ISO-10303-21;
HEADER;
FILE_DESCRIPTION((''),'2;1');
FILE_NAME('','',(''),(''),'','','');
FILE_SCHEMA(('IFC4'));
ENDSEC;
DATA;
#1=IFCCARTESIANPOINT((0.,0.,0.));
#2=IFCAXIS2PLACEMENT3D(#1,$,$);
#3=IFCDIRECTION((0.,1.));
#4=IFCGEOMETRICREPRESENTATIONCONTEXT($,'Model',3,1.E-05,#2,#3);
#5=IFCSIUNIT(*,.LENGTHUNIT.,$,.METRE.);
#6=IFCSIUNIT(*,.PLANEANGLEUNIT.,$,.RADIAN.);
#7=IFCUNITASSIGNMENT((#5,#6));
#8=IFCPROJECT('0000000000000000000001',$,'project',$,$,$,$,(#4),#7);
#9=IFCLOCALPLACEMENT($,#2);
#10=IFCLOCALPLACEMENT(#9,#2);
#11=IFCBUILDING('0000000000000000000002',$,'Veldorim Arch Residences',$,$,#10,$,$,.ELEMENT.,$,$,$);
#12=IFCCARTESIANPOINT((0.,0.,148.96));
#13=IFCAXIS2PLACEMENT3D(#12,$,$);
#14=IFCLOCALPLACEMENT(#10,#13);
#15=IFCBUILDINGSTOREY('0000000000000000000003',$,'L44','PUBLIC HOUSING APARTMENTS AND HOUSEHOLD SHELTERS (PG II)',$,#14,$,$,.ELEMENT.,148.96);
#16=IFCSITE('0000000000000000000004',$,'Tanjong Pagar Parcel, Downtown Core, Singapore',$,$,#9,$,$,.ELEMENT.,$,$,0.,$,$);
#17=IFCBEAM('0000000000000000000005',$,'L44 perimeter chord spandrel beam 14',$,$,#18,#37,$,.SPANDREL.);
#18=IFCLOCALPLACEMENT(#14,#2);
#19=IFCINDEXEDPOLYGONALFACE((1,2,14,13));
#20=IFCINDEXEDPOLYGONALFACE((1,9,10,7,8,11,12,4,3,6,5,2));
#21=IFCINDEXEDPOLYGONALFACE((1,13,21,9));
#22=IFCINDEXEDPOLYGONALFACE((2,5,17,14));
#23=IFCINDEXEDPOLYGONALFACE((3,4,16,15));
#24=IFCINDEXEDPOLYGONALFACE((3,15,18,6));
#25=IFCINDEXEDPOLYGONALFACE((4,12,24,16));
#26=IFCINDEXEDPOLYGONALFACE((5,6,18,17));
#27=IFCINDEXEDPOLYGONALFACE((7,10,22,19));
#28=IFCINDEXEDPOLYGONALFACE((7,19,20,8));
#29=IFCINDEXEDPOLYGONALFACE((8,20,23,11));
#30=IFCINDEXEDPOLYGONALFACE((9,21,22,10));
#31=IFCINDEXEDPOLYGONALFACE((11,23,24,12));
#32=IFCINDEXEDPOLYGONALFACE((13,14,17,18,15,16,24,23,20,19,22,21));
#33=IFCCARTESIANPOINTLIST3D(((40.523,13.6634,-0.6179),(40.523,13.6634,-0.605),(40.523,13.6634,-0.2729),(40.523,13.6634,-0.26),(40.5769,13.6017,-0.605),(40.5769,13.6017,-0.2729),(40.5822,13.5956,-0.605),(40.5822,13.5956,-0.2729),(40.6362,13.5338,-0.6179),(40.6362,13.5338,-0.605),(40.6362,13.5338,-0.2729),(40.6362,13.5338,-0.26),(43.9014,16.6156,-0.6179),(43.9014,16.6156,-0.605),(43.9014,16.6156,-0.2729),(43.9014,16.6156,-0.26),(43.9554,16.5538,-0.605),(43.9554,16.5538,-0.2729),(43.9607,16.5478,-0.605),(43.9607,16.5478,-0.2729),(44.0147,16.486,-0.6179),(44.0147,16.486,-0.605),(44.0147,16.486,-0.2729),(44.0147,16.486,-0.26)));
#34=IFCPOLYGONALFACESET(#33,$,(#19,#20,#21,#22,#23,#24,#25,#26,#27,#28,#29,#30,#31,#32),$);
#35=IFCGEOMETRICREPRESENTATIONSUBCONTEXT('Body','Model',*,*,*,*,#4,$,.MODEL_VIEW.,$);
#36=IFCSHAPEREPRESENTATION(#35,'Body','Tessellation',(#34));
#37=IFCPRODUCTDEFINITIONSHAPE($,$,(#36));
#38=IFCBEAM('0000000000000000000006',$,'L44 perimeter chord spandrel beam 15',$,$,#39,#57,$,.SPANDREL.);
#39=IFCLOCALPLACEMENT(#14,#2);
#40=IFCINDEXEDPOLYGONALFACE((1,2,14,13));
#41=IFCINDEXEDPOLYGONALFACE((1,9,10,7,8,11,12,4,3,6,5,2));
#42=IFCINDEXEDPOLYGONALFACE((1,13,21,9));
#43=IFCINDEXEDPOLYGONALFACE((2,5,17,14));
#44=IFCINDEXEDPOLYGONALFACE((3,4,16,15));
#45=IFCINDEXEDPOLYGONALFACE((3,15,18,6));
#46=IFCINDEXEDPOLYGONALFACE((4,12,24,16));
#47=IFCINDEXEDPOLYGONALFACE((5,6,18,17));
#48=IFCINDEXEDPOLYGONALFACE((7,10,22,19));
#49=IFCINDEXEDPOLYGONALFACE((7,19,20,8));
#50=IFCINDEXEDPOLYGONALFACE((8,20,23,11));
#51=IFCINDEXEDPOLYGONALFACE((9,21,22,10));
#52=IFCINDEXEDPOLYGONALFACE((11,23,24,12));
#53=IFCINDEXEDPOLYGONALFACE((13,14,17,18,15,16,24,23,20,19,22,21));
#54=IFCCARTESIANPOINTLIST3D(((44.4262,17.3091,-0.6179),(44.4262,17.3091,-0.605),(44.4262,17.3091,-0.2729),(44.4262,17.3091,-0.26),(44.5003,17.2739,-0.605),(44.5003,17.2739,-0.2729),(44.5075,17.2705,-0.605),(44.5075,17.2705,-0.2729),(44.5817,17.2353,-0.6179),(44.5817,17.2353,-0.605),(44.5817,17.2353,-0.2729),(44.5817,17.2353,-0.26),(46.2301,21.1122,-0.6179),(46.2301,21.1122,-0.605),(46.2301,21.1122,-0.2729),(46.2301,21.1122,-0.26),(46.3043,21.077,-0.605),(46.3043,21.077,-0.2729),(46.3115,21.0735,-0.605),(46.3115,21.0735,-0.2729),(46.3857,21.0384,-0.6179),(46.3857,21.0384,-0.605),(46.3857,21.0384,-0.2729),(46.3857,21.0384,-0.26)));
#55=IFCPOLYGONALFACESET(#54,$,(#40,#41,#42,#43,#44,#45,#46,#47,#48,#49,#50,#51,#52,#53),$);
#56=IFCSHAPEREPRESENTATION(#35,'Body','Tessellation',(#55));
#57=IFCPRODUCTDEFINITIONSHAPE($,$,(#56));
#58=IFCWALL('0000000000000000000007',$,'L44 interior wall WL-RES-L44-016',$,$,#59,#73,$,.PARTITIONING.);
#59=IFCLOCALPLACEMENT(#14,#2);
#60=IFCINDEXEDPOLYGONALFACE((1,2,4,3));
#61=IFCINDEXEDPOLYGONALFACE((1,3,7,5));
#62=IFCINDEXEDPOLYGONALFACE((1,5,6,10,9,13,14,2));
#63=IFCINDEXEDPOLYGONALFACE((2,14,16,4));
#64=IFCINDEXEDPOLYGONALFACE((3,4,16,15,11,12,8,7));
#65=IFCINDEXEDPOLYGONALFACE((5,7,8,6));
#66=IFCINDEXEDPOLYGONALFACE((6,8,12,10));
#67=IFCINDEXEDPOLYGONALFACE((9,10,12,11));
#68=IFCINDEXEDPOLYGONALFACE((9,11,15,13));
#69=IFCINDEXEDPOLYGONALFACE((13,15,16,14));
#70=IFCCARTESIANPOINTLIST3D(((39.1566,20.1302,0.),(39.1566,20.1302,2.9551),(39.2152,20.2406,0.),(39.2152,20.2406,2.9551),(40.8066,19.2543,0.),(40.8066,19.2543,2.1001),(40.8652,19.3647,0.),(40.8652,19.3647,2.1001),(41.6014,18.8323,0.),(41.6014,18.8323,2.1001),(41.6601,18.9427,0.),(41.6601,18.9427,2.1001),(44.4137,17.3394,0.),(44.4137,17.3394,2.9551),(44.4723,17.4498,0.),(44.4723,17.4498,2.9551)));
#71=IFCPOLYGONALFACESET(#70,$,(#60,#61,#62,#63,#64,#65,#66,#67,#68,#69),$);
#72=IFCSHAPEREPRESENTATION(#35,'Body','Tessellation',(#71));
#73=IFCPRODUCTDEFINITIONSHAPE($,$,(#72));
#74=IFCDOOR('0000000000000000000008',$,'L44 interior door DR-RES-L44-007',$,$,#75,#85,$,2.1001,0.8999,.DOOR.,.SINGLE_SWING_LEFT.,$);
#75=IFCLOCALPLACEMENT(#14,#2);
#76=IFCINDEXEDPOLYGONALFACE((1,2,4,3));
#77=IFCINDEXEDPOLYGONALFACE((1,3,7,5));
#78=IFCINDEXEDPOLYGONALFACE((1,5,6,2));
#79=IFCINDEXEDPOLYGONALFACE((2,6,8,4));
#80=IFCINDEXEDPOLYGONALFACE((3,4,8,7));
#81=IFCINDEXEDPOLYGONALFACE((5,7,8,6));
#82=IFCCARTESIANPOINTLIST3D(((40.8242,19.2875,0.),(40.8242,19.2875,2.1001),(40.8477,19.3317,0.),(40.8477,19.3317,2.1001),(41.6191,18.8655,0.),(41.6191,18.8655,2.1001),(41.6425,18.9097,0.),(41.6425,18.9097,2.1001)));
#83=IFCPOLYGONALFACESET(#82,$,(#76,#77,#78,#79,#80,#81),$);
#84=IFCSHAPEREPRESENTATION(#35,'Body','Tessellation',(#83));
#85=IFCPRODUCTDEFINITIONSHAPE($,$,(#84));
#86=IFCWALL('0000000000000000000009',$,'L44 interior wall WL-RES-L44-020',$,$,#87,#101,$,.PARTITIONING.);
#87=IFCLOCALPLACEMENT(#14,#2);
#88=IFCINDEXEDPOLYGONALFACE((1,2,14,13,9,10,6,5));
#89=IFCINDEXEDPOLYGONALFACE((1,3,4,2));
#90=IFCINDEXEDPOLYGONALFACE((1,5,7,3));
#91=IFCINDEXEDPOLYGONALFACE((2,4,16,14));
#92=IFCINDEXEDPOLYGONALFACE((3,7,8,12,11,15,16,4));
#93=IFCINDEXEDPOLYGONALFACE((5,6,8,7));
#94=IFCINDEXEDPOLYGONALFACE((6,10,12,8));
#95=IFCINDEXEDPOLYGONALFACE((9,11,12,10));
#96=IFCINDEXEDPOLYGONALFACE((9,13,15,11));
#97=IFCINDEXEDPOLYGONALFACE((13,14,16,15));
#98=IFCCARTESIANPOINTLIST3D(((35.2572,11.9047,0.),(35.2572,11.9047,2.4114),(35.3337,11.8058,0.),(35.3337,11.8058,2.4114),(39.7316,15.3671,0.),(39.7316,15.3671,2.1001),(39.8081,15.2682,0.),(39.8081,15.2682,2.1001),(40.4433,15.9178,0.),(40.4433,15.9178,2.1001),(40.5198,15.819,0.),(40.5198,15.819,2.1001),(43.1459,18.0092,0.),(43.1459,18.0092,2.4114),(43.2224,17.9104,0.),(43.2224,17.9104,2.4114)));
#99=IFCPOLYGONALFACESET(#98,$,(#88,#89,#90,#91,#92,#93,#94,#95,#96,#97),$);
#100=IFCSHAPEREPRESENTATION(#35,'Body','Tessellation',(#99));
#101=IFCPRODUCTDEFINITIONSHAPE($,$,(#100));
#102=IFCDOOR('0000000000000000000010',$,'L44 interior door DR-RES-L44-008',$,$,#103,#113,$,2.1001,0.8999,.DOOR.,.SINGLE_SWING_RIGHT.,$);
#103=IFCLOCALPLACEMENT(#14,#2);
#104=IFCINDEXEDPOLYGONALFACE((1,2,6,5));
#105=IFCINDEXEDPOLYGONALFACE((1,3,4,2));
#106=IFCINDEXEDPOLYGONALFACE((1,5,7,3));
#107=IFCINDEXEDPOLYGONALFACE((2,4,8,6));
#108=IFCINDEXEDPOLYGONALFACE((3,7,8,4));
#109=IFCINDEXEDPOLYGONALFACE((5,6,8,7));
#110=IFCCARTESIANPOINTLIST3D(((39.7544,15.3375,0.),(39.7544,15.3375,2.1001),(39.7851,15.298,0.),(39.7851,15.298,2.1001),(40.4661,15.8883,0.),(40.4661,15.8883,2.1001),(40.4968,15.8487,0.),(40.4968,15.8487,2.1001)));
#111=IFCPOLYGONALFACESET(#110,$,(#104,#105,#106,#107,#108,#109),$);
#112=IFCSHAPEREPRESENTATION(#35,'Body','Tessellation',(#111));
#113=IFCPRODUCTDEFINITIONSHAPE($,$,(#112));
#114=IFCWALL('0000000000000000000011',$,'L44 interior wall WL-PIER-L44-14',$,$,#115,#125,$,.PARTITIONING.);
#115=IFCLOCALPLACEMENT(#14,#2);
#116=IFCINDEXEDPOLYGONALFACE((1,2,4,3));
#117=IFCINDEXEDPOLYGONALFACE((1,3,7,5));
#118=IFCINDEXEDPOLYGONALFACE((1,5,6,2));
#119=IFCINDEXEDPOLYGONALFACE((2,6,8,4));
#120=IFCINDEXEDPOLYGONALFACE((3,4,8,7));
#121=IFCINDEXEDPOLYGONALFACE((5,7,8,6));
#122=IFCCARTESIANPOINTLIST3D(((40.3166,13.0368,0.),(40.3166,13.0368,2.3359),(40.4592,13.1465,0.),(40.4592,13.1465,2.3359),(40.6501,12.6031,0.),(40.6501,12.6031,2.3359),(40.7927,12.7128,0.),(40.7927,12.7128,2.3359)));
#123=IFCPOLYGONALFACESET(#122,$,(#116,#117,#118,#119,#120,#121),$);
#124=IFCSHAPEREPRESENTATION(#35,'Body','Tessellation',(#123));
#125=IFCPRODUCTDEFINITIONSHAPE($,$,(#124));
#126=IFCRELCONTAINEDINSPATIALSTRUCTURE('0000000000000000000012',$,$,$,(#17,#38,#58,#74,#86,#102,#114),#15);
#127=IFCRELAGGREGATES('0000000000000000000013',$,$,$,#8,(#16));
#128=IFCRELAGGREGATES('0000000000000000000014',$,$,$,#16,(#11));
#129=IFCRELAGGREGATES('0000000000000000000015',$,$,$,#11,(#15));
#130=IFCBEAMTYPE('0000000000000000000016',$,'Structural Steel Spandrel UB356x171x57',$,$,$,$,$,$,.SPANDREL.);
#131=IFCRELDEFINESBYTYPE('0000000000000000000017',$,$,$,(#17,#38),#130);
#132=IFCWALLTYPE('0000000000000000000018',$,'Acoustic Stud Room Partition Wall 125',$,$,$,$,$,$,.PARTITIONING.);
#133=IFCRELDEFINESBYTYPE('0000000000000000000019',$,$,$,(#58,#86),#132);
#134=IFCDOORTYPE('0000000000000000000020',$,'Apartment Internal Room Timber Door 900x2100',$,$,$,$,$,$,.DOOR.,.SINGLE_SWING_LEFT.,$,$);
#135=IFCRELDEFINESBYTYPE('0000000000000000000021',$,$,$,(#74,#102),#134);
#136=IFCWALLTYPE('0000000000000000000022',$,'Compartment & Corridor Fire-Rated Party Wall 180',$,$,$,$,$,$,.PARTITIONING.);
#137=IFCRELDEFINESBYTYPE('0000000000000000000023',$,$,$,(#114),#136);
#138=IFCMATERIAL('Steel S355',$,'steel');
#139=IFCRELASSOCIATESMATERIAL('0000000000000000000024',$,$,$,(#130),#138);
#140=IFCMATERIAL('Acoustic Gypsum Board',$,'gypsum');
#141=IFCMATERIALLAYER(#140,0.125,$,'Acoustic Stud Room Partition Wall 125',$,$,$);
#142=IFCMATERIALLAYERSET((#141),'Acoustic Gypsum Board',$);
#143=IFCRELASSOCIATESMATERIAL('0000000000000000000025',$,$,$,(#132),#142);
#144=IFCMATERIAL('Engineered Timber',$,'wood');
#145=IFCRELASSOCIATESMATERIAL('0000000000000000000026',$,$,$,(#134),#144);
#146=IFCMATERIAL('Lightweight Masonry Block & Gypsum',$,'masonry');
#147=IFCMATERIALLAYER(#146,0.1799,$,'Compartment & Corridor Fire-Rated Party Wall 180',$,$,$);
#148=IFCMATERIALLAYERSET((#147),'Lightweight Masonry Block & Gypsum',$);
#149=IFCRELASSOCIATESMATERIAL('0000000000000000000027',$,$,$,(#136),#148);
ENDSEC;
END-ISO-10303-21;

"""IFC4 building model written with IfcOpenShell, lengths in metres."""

from ifc_helpers import new_model, si_unit, direction, frame, frame_2d, origin, origin_2d, place, context, subcontext, project, spatial, rectangle, i_section, extrude, material, layer, layer_set, material_profile, profile_set, type_object, element, fill, save


model = new_model("IFC4")

# Units and contexts
model_context = context("Model", 3, precision=1e-05, world=origin(), true_north=direction((0.0, 1.0)))
body_context = subcontext(model_context, "Body", "Model", "MODEL_VIEW")
ifc_project = project(units=[si_unit("LENGTHUNIT", "METRE"), si_unit("PLANEANGLEUNIT", "RADIAN")], contexts=[model_context])

# Site, building, storey
site_placement = place(None, origin())
site = spatial("IfcSite", under=ifc_project, at=site_placement, Name="Tanjong Pagar Parcel, Downtown Core, Singapore", CompositionType="ELEMENT", RefElevation=0.0)
building_placement = place(site_placement, origin())
building = spatial("IfcBuilding", under=site, at=building_placement, Name="Veldorim Arch Residences", CompositionType="ELEMENT")
storey_placement = place(building_placement, frame((0.0, 0.0, 148.96)))
storey = spatial("IfcBuildingStorey", under=building, at=storey_placement, Name="L44", Description="PUBLIC HOUSING APARTMENTS AND HOUSEHOLD SHELTERS (PG II)", CompositionType="ELEMENT", Elevation=148.96)

# Beams
ifc_material_1 = material(Name="Steel S355", Category="steel")
ifc_material_profile_1 = material_profile(ifc_material_1, i_section(OverallWidth=0.1721, OverallDepth=0.3579, WebThickness=0.0081, FlangeThickness=0.0129, at=origin_2d()), Name="UB356x171x57")
ifc_profile_set_1 = profile_set([ifc_material_profile_1], Name="Steel S355")
beam_type_1 = type_object("IfcBeamType", Name="Structural Steel Spandrel UB356x171x57", PredefinedType="SPANDREL", material=ifc_profile_set_1)
beam_1_placement = place(storey_placement, frame((40.5796, 13.5986, -0.439), z_axis=(0.753015, 0.658004, 0.0), x_axis=(-0.658004, 0.753015, 0.0)))
element("IfcBeam", 1, at=beam_1_placement, inside=storey, type_object=beam_type_1, Name="L44 perimeter chord spandrel beam 14", PredefinedType="SPANDREL", context=body_context, shape_type="SweptSolid", body=[
    extrude(i_section(OverallWidth=0.1721, OverallDepth=0.3579, WebThickness=0.0081, FlangeThickness=0.0129, at=origin_2d()), origin(), (0.0, 0.0, 1.0), 4.4866),
])
beam_2_placement = place(storey_placement, frame((44.5039, 17.2722, -0.439), z_axis=(0.42858, 0.903504, 0.0), x_axis=(-0.903504, 0.42858, 0.0)))
element("IfcBeam", 2, at=beam_2_placement, inside=storey, type_object=beam_type_1, Name="L44 perimeter chord spandrel beam 15", PredefinedType="SPANDREL", context=body_context, shape_type="SweptSolid", body=[
    extrude(i_section(OverallWidth=0.1721, OverallDepth=0.3579, WebThickness=0.0081, FlangeThickness=0.0129, at=origin_2d()), origin(), (0.0, 0.0, 1.0), 4.2092),
])

# Walls, openings, doors
ifc_material_2 = material(Name="Acoustic Gypsum Board", Category="gypsum")
ifc_layer_1 = layer(ifc_material_2, 0.125, Name="Acoustic Stud Room Partition Wall 125")
ifc_layer_set_1 = layer_set([ifc_layer_1], Name="Acoustic Gypsum Board")
wall_type_1 = type_object("IfcWallType", Name="Acoustic Stud Room Partition Wall 125", PredefinedType="PARTITIONING", material=ifc_layer_set_1)
wall_1_placement = place(storey_placement, frame((44.4431, 17.3945, 0.0), z_axis=(0.0, 0.0, 1.0), x_axis=(-0.883259, 0.468886, 0.0)))
wall_1 = element("IfcWall", 3, at=wall_1_placement, inside=storey, type_object=wall_type_1, Name="L44 interior wall WL-RES-L44-016", PredefinedType="PARTITIONING", context=body_context, shape_type="SweptSolid", body=[
    extrude(rectangle(XDim=5.9519, YDim=0.125, at=frame_2d((2.9761, 0.0))), origin(), (0.0, 0.0, 1.0), 2.9551),
])
opening_1_placement = place(wall_1_placement, frame((3.1841, 0.0, 0.0)))
opening_1 = element("IfcOpeningElement", 4, at=opening_1_placement, cuts=wall_1, PredefinedType="OPENING", context=body_context, shape_type="SweptSolid", body=[
    extrude(rectangle(XDim=0.8999, YDim=2.1001, at=frame_2d((0.45, 1.05))), frame((0.0, 0.0725, 0.0), z_axis=(0.0, -1.0, 0.0), x_axis=(1.0, 0.0, 0.0)), (0.0, 0.0, 1.0), 0.145),
])
ifc_material_3 = material(Name="Engineered Timber", Category="wood")
door_type_1 = type_object("IfcDoorType", Name="Apartment Internal Room Timber Door 900x2100", OperationType="SINGLE_SWING_LEFT", PredefinedType="DOOR", material=ifc_material_3)
door_1_placement = place(opening_1_placement, origin())
door_1 = element("IfcDoor", 5, at=door_1_placement, inside=storey, type_object=door_type_1, Name="L44 interior door DR-RES-L44-007", OperationType="SINGLE_SWING_LEFT", OverallHeight=2.1001, OverallWidth=0.8999, PredefinedType="DOOR", context=body_context, shape_type="SweptSolid", body=[
    extrude(rectangle(XDim=0.8999, YDim=2.1001, at=frame_2d((0.45, 1.05))), frame((0.0, 0.0249, 0.0), z_axis=(0.0, -1.0, 0.0), x_axis=(1.0, 0.0, 0.0)), (0.0, 0.0, 1.0), 0.05),
])
fill(opening_1, door_1)
wall_2_placement = place(storey_placement, frame((43.1841, 17.9597, 0.0), z_axis=(0.0, 0.0, 1.0), x_axis=(-0.790863, -0.611993, 0.0)))
wall_2 = element("IfcWall", 6, at=wall_2_placement, inside=storey, type_object=wall_type_1, Name="L44 interior wall WL-RES-L44-020", PredefinedType="PARTITIONING", context=body_context, shape_type="SweptSolid", body=[
    extrude(rectangle(XDim=9.9749, YDim=0.125, at=frame_2d((4.9873, 0.0))), origin(), (0.0, 0.0, 1.0), 2.4114),
])
opening_2_placement = place(wall_2_placement, frame((3.4172, 0.0, 0.0)))
opening_2 = element("IfcOpeningElement", 7, at=opening_2_placement, cuts=wall_2, PredefinedType="OPENING", context=body_context, shape_type="SweptSolid", body=[
    extrude(rectangle(XDim=0.8999, YDim=2.1001, at=frame_2d((0.45, 1.05))), frame((0.0, 0.0725, 0.0), z_axis=(0.0, -1.0, 0.0), x_axis=(1.0, 0.0, 0.0)), (0.0, 0.0, 1.0), 0.145),
])
door_2_placement = place(opening_2_placement, origin())
door_2 = element("IfcDoor", 8, at=door_2_placement, inside=storey, type_object=door_type_1, Name="L44 interior door DR-RES-L44-008", OperationType="SINGLE_SWING_RIGHT", OverallHeight=2.1001, OverallWidth=0.8999, PredefinedType="DOOR", context=body_context, shape_type="SweptSolid", body=[
    extrude(rectangle(XDim=0.8999, YDim=2.1001, at=frame_2d((0.45, 1.05))), frame((0.0, 0.0249, 0.0), z_axis=(0.0, -1.0, 0.0), x_axis=(1.0, 0.0, 0.0)), (0.0, 0.0, 1.0), 0.05),
])
fill(opening_2, door_2)

# Wall
ifc_material_4 = material(Name="Lightweight Masonry Block & Gypsum", Category="masonry")
ifc_layer_2 = layer(ifc_material_4, 0.1799, Name="Compartment & Corridor Fire-Rated Party Wall 180")
ifc_layer_set_2 = layer_set([ifc_layer_2], Name="Lightweight Masonry Block & Gypsum")
wall_type_2 = type_object("IfcWallType", Name="Compartment & Corridor Fire-Rated Party Wall 180", PredefinedType="PARTITIONING", material=ifc_layer_set_2)
wall_3_placement = place(storey_placement, frame((40.3879, 13.0916, 0.0), z_axis=(0.0, 0.0, 1.0), x_axis=(0.609668, -0.792657, 0.0)))
element("IfcWall", 9, at=wall_3_placement, inside=storey, type_object=wall_type_2, Name="L44 interior wall WL-PIER-L44-14", PredefinedType="PARTITIONING", context=body_context, shape_type="SweptSolid", body=[
    extrude(rectangle(XDim=0.5471, YDim=0.1799, at=frame_2d((0.2734, 0.0))), origin(), (0.0, 0.0, 1.0), 2.3359),
])

save(model, "model.ifc")
